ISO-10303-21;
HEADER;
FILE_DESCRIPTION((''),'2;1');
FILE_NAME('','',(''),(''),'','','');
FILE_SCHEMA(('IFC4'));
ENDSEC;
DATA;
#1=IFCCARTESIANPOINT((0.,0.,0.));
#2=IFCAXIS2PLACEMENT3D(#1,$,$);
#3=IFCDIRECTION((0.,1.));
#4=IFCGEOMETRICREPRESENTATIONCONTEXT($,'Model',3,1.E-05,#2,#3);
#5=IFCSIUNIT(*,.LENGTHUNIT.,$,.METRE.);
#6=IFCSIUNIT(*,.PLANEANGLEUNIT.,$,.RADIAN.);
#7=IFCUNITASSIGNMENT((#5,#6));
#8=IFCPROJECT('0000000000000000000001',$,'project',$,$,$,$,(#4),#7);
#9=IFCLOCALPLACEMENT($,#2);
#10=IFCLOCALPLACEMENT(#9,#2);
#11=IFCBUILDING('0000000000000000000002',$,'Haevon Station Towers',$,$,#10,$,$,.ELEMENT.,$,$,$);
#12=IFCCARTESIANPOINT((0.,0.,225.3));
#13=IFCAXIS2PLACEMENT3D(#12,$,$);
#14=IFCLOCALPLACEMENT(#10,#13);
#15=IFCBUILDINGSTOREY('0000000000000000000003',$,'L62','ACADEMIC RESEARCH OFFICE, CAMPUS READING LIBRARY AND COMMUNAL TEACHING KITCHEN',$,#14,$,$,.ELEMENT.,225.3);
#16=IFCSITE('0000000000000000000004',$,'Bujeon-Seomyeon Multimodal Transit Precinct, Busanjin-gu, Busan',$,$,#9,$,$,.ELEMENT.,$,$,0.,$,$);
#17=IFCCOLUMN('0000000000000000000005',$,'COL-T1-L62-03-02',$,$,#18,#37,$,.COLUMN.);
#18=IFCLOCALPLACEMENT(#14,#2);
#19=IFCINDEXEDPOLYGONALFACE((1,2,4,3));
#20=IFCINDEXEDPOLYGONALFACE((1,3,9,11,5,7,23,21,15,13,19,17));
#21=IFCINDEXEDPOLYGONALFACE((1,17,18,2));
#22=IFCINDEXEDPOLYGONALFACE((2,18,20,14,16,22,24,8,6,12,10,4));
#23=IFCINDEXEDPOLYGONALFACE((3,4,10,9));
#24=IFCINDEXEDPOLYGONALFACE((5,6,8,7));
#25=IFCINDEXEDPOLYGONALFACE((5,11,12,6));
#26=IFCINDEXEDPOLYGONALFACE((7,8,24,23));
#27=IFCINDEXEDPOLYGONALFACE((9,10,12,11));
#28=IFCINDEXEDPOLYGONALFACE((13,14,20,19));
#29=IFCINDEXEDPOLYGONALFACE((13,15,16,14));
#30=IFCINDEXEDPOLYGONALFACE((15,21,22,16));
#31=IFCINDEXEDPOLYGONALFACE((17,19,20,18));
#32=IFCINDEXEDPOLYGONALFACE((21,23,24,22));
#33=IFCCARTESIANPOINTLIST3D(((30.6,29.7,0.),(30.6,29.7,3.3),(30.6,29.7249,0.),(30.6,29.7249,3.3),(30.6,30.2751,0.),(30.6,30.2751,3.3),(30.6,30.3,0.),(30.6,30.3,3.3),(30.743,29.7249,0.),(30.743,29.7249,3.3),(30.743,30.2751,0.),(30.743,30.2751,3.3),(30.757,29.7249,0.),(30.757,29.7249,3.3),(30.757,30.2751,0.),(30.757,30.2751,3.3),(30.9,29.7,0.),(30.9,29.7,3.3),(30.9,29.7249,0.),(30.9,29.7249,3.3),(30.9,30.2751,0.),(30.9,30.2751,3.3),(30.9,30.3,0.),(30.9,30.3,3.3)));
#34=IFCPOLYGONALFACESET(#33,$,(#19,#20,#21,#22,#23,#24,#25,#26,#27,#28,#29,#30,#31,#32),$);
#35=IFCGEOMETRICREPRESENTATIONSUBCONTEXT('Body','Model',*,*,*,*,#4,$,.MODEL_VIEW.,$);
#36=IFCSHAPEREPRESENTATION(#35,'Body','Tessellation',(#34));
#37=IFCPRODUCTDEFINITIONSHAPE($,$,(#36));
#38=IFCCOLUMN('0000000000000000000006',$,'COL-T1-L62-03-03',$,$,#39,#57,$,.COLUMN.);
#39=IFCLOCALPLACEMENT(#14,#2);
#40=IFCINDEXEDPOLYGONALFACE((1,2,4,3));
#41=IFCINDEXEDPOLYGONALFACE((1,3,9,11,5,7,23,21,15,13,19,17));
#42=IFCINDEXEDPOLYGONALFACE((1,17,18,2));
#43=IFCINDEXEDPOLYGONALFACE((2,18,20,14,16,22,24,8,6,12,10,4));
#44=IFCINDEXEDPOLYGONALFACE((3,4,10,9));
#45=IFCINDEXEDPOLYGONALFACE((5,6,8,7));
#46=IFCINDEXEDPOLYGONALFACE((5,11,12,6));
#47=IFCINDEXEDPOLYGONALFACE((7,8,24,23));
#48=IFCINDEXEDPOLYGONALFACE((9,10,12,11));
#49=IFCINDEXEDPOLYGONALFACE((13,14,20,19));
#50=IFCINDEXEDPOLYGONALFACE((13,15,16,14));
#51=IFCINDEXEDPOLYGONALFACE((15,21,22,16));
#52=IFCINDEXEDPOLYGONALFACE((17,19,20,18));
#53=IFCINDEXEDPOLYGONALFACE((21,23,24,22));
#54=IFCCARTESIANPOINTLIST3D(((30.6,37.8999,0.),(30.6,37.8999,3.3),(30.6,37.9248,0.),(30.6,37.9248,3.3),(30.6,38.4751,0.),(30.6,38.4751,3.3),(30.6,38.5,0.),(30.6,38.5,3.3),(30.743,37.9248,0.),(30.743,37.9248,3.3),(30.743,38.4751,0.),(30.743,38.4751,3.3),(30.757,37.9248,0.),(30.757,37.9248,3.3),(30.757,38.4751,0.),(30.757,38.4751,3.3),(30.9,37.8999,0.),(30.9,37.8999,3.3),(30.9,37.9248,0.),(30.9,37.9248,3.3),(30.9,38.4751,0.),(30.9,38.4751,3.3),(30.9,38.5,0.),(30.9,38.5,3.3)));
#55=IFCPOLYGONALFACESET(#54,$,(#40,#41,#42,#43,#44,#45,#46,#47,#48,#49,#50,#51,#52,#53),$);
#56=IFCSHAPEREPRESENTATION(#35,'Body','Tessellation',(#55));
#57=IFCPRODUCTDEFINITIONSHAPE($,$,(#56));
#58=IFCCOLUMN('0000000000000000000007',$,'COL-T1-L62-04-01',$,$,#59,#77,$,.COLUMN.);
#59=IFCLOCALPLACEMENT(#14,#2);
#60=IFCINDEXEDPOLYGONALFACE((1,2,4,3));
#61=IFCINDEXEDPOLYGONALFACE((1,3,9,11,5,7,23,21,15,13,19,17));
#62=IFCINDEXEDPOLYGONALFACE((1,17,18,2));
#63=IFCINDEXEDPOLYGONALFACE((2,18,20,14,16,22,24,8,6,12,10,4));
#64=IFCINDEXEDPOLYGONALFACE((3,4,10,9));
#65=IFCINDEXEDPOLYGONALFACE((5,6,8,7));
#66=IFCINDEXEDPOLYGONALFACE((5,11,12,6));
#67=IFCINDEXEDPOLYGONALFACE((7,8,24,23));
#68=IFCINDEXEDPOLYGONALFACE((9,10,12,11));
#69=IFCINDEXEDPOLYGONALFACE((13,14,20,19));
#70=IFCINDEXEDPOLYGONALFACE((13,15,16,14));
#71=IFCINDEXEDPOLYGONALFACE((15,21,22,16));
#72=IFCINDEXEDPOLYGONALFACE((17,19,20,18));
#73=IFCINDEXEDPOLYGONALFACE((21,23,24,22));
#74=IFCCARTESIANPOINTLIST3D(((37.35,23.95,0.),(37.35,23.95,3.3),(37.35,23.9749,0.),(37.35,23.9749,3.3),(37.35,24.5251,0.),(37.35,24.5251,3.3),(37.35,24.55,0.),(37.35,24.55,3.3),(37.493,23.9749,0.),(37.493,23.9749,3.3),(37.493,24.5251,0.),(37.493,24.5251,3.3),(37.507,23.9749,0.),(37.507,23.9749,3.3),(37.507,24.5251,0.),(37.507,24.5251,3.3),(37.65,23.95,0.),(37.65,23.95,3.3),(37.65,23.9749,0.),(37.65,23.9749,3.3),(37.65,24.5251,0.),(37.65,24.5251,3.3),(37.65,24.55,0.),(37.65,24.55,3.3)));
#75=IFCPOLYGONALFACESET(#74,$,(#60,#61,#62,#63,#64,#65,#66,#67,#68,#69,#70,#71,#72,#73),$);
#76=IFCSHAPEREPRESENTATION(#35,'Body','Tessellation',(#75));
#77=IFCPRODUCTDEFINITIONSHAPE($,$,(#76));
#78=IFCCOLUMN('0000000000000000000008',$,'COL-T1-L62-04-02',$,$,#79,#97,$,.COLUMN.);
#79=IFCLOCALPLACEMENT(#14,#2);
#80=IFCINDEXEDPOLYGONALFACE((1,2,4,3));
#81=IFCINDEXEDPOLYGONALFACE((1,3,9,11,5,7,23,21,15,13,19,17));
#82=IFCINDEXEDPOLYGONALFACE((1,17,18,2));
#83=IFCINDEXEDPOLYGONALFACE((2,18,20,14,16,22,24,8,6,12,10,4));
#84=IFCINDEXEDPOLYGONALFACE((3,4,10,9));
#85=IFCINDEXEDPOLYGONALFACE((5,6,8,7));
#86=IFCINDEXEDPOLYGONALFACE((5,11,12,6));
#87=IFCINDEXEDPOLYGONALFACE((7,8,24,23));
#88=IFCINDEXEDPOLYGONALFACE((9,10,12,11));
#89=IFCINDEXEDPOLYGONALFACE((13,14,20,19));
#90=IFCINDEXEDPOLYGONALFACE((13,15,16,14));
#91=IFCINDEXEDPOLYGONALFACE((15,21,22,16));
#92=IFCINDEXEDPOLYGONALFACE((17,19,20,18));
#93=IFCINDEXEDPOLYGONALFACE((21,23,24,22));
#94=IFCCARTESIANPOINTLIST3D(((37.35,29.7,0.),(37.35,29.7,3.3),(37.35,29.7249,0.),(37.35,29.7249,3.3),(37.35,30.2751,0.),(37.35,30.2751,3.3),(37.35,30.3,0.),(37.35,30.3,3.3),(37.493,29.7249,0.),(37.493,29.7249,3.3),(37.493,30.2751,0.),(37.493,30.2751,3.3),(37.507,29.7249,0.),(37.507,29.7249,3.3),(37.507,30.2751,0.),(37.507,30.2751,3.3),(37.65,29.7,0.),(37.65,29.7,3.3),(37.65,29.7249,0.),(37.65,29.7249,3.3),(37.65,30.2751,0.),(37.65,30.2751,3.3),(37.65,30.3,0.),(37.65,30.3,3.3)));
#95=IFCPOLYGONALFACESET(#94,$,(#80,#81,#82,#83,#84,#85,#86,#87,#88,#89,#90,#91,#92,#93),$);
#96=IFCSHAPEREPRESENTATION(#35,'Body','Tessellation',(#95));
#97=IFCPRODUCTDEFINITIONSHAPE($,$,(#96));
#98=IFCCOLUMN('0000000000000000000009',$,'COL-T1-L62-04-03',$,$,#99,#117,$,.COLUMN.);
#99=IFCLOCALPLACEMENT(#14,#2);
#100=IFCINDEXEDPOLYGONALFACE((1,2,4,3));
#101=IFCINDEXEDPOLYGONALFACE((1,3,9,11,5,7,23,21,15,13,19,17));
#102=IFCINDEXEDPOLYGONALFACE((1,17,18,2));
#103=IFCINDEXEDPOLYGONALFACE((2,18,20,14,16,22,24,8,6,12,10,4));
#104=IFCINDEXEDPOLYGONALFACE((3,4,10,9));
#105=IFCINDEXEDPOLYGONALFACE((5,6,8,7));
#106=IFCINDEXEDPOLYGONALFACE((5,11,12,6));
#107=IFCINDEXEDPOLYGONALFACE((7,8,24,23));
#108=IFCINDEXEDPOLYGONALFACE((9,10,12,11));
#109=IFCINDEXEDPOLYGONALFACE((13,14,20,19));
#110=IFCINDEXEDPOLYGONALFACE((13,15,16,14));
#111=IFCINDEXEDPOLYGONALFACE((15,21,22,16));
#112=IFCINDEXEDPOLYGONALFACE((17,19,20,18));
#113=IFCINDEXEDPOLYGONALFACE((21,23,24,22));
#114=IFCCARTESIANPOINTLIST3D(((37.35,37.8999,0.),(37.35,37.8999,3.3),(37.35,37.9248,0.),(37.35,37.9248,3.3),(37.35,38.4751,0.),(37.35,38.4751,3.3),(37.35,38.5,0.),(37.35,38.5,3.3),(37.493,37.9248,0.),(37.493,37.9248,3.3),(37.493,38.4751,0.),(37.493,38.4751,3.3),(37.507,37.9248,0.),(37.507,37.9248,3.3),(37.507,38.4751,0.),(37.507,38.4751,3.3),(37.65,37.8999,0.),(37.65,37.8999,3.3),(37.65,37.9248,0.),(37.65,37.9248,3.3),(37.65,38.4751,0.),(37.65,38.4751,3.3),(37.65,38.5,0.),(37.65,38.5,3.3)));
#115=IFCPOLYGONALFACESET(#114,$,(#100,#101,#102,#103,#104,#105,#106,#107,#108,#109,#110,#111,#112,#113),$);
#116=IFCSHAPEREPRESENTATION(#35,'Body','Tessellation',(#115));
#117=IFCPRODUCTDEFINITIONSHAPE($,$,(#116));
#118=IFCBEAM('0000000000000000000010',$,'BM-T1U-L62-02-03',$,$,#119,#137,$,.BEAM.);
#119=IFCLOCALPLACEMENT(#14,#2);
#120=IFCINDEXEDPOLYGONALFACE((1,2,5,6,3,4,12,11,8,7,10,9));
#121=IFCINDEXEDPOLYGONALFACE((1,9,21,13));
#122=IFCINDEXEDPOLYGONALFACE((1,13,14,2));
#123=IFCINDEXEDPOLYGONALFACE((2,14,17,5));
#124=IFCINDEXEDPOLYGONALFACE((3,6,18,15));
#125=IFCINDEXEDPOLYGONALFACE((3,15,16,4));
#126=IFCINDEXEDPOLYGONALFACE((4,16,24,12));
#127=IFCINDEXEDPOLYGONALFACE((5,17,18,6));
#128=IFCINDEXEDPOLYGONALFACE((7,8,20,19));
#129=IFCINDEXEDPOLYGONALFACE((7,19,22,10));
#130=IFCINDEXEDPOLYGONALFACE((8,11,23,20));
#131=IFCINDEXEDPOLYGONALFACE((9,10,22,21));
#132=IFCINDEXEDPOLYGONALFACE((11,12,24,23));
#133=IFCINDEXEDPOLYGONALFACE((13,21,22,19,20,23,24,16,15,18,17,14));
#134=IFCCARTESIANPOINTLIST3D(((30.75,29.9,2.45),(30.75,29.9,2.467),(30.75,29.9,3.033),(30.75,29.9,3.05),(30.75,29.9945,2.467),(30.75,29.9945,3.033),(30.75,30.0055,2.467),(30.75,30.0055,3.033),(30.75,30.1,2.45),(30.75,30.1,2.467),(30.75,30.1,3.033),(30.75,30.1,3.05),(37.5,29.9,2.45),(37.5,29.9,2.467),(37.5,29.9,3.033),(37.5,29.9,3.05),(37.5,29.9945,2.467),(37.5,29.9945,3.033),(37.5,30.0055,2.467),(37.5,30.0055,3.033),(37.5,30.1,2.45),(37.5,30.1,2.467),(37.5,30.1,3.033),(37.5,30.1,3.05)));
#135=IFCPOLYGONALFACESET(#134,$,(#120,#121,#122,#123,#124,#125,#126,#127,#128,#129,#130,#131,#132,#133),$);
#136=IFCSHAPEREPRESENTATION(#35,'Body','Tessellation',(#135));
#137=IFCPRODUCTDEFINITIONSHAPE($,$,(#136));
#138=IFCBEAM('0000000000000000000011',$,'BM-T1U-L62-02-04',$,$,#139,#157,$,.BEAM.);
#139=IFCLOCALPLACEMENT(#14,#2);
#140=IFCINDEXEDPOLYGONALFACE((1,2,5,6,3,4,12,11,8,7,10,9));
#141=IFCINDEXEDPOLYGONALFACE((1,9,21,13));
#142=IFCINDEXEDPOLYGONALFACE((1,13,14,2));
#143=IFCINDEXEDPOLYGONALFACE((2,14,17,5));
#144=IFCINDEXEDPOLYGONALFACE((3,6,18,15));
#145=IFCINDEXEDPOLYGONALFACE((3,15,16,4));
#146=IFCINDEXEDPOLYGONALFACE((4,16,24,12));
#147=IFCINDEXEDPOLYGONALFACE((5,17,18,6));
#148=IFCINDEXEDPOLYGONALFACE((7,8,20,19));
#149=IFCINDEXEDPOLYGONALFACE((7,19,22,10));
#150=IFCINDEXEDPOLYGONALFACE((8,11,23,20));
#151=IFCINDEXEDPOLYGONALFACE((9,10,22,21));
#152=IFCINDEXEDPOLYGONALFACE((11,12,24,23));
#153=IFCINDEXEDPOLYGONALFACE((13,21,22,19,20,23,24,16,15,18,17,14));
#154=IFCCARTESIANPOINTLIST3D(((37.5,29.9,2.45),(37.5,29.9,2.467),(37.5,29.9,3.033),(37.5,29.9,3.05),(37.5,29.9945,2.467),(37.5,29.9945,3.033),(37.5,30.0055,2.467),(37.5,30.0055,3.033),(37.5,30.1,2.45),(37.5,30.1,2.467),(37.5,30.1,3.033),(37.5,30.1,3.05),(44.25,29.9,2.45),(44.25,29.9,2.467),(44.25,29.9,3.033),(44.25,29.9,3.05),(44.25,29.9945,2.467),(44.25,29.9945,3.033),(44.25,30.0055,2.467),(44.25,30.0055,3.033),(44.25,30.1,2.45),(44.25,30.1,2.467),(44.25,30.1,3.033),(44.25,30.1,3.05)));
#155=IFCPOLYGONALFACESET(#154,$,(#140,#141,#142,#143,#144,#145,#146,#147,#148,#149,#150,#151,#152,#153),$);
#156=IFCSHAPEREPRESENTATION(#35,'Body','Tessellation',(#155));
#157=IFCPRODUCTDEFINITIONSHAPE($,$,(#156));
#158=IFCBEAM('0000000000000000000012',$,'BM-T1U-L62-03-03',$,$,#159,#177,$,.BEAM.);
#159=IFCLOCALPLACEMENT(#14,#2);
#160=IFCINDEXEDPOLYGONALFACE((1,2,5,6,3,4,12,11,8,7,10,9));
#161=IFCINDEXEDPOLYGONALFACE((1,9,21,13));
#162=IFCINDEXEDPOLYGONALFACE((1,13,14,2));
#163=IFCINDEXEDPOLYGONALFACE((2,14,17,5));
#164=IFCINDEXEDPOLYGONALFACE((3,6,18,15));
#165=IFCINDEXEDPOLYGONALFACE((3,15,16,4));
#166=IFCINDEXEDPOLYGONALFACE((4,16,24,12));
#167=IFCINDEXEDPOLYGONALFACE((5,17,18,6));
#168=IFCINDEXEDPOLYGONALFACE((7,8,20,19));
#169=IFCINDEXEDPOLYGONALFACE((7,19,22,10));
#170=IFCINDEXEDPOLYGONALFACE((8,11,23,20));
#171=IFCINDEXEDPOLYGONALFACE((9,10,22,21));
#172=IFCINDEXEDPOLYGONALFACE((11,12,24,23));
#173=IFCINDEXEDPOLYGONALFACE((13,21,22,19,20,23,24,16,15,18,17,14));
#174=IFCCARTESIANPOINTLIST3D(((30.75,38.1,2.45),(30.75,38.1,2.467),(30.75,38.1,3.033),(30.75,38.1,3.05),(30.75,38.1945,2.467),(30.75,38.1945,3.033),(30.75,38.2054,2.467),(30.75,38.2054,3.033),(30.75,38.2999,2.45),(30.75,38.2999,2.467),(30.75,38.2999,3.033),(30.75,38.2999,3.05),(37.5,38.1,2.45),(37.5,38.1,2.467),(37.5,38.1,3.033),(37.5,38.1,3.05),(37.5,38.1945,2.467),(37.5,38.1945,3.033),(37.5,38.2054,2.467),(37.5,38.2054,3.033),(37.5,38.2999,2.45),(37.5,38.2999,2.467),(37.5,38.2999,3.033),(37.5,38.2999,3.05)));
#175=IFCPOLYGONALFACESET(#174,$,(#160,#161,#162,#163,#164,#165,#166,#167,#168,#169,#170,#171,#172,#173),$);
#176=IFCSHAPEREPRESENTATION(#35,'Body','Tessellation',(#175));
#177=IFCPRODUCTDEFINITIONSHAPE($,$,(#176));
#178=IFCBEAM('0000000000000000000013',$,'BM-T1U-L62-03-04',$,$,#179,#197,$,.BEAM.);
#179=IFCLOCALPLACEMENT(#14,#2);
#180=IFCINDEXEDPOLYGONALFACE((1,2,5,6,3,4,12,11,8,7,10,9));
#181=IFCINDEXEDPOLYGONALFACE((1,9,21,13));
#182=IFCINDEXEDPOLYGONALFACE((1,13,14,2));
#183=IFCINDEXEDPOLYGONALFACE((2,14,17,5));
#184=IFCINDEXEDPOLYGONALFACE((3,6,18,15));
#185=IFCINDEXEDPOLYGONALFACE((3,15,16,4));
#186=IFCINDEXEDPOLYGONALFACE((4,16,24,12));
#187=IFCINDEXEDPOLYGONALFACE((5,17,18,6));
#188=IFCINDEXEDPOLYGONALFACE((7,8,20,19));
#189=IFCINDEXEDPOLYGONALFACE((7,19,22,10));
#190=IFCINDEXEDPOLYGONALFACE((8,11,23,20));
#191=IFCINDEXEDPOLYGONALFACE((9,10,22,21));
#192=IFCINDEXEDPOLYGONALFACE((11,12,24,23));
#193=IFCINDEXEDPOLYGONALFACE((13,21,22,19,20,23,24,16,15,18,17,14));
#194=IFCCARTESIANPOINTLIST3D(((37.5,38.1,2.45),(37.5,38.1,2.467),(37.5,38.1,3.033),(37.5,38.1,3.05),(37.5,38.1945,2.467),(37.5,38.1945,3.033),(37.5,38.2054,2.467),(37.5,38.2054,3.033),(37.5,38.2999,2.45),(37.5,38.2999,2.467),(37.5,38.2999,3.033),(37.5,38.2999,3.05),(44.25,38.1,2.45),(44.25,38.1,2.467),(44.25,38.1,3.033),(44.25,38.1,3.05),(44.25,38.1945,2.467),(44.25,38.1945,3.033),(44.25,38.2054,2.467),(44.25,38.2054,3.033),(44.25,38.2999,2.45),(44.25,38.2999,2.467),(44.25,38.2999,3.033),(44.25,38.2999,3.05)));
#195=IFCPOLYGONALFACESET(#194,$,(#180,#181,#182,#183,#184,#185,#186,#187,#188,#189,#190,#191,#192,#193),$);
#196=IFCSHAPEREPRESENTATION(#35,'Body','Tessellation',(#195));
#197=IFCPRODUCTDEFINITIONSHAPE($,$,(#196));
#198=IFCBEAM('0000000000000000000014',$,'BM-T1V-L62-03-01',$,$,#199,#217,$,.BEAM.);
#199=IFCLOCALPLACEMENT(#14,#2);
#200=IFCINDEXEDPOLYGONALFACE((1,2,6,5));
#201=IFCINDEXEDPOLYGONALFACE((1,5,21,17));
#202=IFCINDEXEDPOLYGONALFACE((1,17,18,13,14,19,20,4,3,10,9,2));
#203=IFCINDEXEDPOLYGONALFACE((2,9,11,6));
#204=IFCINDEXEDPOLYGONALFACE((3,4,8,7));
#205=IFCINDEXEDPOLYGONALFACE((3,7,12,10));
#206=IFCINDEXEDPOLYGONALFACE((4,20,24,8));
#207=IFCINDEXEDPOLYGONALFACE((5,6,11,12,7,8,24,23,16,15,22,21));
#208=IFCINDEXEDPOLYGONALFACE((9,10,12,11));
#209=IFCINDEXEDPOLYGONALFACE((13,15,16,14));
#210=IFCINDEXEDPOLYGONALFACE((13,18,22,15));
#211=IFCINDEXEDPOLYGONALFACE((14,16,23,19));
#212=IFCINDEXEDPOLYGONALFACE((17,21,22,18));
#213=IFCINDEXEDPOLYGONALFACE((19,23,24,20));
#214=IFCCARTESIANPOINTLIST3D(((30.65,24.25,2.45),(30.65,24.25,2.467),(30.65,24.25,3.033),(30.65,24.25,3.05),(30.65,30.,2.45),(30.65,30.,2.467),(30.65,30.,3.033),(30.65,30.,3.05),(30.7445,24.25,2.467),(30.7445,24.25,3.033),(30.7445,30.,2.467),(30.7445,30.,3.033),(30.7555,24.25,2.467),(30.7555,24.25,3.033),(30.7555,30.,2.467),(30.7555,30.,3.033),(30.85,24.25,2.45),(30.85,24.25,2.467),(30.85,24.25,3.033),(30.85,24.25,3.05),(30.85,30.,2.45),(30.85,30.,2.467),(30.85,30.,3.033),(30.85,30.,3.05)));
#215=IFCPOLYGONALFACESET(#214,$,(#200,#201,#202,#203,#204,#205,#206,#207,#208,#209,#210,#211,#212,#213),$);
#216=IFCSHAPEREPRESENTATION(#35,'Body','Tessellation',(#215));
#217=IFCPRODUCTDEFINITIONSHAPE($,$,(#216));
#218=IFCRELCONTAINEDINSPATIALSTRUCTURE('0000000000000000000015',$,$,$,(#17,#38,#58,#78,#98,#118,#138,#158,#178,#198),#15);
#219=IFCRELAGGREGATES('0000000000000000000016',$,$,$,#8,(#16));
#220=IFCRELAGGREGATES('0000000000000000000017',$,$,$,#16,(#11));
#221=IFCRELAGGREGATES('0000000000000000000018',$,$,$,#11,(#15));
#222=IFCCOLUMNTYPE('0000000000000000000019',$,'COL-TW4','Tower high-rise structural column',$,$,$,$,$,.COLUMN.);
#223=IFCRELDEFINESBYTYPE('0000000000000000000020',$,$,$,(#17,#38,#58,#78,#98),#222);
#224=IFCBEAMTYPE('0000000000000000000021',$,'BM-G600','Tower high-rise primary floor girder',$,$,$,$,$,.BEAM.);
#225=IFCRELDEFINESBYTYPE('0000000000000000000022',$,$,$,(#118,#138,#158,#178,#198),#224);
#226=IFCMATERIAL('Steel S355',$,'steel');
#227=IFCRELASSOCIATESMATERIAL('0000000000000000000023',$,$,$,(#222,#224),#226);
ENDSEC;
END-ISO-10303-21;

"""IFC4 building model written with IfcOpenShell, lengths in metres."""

from ifc_helpers import new_model, si_unit, direction, frame, origin, origin_2d, place, context, subcontext, project, spatial, i_section, extrude, material, material_profile, profile_set, type_object, element, save


model = new_model("IFC4")

# Units and contexts
model_context = context("Model", 3, precision=1e-05, world=origin(), true_north=direction((0.0, 1.0)))
body_context = subcontext(model_context, "Body", "Model", "MODEL_VIEW")
ifc_project = project(units=[si_unit("LENGTHUNIT", "METRE"), si_unit("PLANEANGLEUNIT", "RADIAN")], contexts=[model_context])

# Site, building, storey
site_placement = place(None, origin())
site = spatial("IfcSite", under=ifc_project, at=site_placement, Name="Bujeon-Seomyeon Multimodal Transit Precinct, Busanjin-gu, Busan", CompositionType="ELEMENT", RefElevation=0.0)
building_placement = place(site_placement, origin())
building = spatial("IfcBuilding", under=site, at=building_placement, Name="Haevon Station Towers", CompositionType="ELEMENT")
storey_placement = place(building_placement, frame((0.0, 0.0, 225.3)))
storey = spatial("IfcBuildingStorey", under=building, at=storey_placement, Name="L62", Description="ACADEMIC RESEARCH OFFICE, CAMPUS READING LIBRARY AND COMMUNAL TEACHING KITCHEN", CompositionType="ELEMENT", Elevation=225.3)

# Columns
ifc_material_1 = material(Name="Steel S355", Category="steel")
ifc_material_profile_1 = material_profile(ifc_material_1, i_section(OverallWidth=0.3, OverallDepth=0.6001, WebThickness=0.0139, FlangeThickness=0.0249, at=origin_2d()), Name="H-600x300x14x25")
ifc_profile_set_1 = profile_set([ifc_material_profile_1], Name="Steel S355")
column_type = type_object("IfcColumnType", Name="COL-TW4", Description="Tower high-rise structural column", PredefinedType="COLUMN", material=ifc_profile_set_1)
for number, where, z_axis, x_axis, name in (
    (1, (30.75, 30.0, 0.0), (0.0, 0.0, 1.0), (1.0, 0.0, 0.0), "COL-T1-L62-03-02"),
    (2, (30.75, 38.2, 0.0), (0.0, 0.0, 1.0), (1.0, 0.0, 0.0), "COL-T1-L62-03-03"),
    (3, (37.5, 24.25, 0.0), (0.0, 0.0, 1.0), (1.0, 0.0, 0.0), "COL-T1-L62-04-01"),
    (4, (37.5, 30.0, 0.0), (0.0, 0.0, 1.0), (1.0, 0.0, 0.0), "COL-T1-L62-04-02"),
    (5, (37.5, 38.2, 0.0), (0.0, 0.0, 1.0), (1.0, 0.0, 0.0), "COL-T1-L62-04-03"),
):
    element("IfcColumn", number, at=place(storey_placement, frame(where, z_axis=z_axis, x_axis=x_axis)), inside=storey, type_object=column_type, Name=name, PredefinedType="COLUMN", context=body_context, shape_type="SweptSolid", body=[
        extrude(i_section(OverallWidth=0.3, OverallDepth=0.6001, WebThickness=0.0139, FlangeThickness=0.0249, at=origin_2d()), origin(), (0.0, 0.0, 1.0), 3.3),
    ])

# Beams
ifc_material_profile_2 = material_profile(ifc_material_1, i_section(OverallWidth=0.2, OverallDepth=0.6001, WebThickness=0.011, FlangeThickness=0.0171, at=origin_2d()), Name="H-600x200x11x17")
ifc_profile_set_2 = profile_set([ifc_material_profile_2], Name="Steel S355")
beam_type_1 = type_object("IfcBeamType", Name="BM-G600", Description="Tower high-rise primary floor girder", PredefinedType="BEAM", material=ifc_profile_set_2)
for number, where, z_axis, x_axis, name in (
    (6, (30.75, 30.0, 2.75), (1.0, 0.0, 0.0), (0.0, 1.0, 0.0), "BM-T1U-L62-02-03"),
    (7, (37.5, 30.0, 2.75), (1.0, 0.0, 0.0), (0.0, 1.0, 0.0), "BM-T1U-L62-02-04"),
    (8, (30.75, 38.2, 2.75), (1.0, 0.0, 0.0), (0.0, 1.0, 0.0), "BM-T1U-L62-03-03"),
    (9, (37.5, 38.2, 2.75), (1.0, 0.0, 0.0), (0.0, 1.0, 0.0), "BM-T1U-L62-03-04"),
):
    element("IfcBeam", number, at=place(storey_placement, frame(where, z_axis=z_axis, x_axis=x_axis)), inside=storey, type_object=beam_type_1, Name=name, PredefinedType="BEAM", context=body_context, shape_type="SweptSolid", body=[
        extrude(i_section(OverallWidth=0.2, OverallDepth=0.6001, WebThickness=0.011, FlangeThickness=0.0171, at=origin_2d()), origin(), (0.0, 0.0, 1.0), 6.75),
    ])
beam_1_placement = place(storey_placement, frame((30.75, 24.25, 2.75), z_axis=(0.0, 1.0, 0.0), x_axis=(-1.0, 0.0, 0.0)))
element("IfcBeam", 10, at=beam_1_placement, inside=storey, type_object=beam_type_1, Name="BM-T1V-L62-03-01", PredefinedType="BEAM", context=body_context, shape_type="SweptSolid", body=[
    extrude(i_section(OverallWidth=0.2, OverallDepth=0.6001, WebThickness=0.011, FlangeThickness=0.0171, at=origin_2d()), origin(), (0.0, 0.0, 1.0), 5.75),
])

save(model, "model.ifc")
